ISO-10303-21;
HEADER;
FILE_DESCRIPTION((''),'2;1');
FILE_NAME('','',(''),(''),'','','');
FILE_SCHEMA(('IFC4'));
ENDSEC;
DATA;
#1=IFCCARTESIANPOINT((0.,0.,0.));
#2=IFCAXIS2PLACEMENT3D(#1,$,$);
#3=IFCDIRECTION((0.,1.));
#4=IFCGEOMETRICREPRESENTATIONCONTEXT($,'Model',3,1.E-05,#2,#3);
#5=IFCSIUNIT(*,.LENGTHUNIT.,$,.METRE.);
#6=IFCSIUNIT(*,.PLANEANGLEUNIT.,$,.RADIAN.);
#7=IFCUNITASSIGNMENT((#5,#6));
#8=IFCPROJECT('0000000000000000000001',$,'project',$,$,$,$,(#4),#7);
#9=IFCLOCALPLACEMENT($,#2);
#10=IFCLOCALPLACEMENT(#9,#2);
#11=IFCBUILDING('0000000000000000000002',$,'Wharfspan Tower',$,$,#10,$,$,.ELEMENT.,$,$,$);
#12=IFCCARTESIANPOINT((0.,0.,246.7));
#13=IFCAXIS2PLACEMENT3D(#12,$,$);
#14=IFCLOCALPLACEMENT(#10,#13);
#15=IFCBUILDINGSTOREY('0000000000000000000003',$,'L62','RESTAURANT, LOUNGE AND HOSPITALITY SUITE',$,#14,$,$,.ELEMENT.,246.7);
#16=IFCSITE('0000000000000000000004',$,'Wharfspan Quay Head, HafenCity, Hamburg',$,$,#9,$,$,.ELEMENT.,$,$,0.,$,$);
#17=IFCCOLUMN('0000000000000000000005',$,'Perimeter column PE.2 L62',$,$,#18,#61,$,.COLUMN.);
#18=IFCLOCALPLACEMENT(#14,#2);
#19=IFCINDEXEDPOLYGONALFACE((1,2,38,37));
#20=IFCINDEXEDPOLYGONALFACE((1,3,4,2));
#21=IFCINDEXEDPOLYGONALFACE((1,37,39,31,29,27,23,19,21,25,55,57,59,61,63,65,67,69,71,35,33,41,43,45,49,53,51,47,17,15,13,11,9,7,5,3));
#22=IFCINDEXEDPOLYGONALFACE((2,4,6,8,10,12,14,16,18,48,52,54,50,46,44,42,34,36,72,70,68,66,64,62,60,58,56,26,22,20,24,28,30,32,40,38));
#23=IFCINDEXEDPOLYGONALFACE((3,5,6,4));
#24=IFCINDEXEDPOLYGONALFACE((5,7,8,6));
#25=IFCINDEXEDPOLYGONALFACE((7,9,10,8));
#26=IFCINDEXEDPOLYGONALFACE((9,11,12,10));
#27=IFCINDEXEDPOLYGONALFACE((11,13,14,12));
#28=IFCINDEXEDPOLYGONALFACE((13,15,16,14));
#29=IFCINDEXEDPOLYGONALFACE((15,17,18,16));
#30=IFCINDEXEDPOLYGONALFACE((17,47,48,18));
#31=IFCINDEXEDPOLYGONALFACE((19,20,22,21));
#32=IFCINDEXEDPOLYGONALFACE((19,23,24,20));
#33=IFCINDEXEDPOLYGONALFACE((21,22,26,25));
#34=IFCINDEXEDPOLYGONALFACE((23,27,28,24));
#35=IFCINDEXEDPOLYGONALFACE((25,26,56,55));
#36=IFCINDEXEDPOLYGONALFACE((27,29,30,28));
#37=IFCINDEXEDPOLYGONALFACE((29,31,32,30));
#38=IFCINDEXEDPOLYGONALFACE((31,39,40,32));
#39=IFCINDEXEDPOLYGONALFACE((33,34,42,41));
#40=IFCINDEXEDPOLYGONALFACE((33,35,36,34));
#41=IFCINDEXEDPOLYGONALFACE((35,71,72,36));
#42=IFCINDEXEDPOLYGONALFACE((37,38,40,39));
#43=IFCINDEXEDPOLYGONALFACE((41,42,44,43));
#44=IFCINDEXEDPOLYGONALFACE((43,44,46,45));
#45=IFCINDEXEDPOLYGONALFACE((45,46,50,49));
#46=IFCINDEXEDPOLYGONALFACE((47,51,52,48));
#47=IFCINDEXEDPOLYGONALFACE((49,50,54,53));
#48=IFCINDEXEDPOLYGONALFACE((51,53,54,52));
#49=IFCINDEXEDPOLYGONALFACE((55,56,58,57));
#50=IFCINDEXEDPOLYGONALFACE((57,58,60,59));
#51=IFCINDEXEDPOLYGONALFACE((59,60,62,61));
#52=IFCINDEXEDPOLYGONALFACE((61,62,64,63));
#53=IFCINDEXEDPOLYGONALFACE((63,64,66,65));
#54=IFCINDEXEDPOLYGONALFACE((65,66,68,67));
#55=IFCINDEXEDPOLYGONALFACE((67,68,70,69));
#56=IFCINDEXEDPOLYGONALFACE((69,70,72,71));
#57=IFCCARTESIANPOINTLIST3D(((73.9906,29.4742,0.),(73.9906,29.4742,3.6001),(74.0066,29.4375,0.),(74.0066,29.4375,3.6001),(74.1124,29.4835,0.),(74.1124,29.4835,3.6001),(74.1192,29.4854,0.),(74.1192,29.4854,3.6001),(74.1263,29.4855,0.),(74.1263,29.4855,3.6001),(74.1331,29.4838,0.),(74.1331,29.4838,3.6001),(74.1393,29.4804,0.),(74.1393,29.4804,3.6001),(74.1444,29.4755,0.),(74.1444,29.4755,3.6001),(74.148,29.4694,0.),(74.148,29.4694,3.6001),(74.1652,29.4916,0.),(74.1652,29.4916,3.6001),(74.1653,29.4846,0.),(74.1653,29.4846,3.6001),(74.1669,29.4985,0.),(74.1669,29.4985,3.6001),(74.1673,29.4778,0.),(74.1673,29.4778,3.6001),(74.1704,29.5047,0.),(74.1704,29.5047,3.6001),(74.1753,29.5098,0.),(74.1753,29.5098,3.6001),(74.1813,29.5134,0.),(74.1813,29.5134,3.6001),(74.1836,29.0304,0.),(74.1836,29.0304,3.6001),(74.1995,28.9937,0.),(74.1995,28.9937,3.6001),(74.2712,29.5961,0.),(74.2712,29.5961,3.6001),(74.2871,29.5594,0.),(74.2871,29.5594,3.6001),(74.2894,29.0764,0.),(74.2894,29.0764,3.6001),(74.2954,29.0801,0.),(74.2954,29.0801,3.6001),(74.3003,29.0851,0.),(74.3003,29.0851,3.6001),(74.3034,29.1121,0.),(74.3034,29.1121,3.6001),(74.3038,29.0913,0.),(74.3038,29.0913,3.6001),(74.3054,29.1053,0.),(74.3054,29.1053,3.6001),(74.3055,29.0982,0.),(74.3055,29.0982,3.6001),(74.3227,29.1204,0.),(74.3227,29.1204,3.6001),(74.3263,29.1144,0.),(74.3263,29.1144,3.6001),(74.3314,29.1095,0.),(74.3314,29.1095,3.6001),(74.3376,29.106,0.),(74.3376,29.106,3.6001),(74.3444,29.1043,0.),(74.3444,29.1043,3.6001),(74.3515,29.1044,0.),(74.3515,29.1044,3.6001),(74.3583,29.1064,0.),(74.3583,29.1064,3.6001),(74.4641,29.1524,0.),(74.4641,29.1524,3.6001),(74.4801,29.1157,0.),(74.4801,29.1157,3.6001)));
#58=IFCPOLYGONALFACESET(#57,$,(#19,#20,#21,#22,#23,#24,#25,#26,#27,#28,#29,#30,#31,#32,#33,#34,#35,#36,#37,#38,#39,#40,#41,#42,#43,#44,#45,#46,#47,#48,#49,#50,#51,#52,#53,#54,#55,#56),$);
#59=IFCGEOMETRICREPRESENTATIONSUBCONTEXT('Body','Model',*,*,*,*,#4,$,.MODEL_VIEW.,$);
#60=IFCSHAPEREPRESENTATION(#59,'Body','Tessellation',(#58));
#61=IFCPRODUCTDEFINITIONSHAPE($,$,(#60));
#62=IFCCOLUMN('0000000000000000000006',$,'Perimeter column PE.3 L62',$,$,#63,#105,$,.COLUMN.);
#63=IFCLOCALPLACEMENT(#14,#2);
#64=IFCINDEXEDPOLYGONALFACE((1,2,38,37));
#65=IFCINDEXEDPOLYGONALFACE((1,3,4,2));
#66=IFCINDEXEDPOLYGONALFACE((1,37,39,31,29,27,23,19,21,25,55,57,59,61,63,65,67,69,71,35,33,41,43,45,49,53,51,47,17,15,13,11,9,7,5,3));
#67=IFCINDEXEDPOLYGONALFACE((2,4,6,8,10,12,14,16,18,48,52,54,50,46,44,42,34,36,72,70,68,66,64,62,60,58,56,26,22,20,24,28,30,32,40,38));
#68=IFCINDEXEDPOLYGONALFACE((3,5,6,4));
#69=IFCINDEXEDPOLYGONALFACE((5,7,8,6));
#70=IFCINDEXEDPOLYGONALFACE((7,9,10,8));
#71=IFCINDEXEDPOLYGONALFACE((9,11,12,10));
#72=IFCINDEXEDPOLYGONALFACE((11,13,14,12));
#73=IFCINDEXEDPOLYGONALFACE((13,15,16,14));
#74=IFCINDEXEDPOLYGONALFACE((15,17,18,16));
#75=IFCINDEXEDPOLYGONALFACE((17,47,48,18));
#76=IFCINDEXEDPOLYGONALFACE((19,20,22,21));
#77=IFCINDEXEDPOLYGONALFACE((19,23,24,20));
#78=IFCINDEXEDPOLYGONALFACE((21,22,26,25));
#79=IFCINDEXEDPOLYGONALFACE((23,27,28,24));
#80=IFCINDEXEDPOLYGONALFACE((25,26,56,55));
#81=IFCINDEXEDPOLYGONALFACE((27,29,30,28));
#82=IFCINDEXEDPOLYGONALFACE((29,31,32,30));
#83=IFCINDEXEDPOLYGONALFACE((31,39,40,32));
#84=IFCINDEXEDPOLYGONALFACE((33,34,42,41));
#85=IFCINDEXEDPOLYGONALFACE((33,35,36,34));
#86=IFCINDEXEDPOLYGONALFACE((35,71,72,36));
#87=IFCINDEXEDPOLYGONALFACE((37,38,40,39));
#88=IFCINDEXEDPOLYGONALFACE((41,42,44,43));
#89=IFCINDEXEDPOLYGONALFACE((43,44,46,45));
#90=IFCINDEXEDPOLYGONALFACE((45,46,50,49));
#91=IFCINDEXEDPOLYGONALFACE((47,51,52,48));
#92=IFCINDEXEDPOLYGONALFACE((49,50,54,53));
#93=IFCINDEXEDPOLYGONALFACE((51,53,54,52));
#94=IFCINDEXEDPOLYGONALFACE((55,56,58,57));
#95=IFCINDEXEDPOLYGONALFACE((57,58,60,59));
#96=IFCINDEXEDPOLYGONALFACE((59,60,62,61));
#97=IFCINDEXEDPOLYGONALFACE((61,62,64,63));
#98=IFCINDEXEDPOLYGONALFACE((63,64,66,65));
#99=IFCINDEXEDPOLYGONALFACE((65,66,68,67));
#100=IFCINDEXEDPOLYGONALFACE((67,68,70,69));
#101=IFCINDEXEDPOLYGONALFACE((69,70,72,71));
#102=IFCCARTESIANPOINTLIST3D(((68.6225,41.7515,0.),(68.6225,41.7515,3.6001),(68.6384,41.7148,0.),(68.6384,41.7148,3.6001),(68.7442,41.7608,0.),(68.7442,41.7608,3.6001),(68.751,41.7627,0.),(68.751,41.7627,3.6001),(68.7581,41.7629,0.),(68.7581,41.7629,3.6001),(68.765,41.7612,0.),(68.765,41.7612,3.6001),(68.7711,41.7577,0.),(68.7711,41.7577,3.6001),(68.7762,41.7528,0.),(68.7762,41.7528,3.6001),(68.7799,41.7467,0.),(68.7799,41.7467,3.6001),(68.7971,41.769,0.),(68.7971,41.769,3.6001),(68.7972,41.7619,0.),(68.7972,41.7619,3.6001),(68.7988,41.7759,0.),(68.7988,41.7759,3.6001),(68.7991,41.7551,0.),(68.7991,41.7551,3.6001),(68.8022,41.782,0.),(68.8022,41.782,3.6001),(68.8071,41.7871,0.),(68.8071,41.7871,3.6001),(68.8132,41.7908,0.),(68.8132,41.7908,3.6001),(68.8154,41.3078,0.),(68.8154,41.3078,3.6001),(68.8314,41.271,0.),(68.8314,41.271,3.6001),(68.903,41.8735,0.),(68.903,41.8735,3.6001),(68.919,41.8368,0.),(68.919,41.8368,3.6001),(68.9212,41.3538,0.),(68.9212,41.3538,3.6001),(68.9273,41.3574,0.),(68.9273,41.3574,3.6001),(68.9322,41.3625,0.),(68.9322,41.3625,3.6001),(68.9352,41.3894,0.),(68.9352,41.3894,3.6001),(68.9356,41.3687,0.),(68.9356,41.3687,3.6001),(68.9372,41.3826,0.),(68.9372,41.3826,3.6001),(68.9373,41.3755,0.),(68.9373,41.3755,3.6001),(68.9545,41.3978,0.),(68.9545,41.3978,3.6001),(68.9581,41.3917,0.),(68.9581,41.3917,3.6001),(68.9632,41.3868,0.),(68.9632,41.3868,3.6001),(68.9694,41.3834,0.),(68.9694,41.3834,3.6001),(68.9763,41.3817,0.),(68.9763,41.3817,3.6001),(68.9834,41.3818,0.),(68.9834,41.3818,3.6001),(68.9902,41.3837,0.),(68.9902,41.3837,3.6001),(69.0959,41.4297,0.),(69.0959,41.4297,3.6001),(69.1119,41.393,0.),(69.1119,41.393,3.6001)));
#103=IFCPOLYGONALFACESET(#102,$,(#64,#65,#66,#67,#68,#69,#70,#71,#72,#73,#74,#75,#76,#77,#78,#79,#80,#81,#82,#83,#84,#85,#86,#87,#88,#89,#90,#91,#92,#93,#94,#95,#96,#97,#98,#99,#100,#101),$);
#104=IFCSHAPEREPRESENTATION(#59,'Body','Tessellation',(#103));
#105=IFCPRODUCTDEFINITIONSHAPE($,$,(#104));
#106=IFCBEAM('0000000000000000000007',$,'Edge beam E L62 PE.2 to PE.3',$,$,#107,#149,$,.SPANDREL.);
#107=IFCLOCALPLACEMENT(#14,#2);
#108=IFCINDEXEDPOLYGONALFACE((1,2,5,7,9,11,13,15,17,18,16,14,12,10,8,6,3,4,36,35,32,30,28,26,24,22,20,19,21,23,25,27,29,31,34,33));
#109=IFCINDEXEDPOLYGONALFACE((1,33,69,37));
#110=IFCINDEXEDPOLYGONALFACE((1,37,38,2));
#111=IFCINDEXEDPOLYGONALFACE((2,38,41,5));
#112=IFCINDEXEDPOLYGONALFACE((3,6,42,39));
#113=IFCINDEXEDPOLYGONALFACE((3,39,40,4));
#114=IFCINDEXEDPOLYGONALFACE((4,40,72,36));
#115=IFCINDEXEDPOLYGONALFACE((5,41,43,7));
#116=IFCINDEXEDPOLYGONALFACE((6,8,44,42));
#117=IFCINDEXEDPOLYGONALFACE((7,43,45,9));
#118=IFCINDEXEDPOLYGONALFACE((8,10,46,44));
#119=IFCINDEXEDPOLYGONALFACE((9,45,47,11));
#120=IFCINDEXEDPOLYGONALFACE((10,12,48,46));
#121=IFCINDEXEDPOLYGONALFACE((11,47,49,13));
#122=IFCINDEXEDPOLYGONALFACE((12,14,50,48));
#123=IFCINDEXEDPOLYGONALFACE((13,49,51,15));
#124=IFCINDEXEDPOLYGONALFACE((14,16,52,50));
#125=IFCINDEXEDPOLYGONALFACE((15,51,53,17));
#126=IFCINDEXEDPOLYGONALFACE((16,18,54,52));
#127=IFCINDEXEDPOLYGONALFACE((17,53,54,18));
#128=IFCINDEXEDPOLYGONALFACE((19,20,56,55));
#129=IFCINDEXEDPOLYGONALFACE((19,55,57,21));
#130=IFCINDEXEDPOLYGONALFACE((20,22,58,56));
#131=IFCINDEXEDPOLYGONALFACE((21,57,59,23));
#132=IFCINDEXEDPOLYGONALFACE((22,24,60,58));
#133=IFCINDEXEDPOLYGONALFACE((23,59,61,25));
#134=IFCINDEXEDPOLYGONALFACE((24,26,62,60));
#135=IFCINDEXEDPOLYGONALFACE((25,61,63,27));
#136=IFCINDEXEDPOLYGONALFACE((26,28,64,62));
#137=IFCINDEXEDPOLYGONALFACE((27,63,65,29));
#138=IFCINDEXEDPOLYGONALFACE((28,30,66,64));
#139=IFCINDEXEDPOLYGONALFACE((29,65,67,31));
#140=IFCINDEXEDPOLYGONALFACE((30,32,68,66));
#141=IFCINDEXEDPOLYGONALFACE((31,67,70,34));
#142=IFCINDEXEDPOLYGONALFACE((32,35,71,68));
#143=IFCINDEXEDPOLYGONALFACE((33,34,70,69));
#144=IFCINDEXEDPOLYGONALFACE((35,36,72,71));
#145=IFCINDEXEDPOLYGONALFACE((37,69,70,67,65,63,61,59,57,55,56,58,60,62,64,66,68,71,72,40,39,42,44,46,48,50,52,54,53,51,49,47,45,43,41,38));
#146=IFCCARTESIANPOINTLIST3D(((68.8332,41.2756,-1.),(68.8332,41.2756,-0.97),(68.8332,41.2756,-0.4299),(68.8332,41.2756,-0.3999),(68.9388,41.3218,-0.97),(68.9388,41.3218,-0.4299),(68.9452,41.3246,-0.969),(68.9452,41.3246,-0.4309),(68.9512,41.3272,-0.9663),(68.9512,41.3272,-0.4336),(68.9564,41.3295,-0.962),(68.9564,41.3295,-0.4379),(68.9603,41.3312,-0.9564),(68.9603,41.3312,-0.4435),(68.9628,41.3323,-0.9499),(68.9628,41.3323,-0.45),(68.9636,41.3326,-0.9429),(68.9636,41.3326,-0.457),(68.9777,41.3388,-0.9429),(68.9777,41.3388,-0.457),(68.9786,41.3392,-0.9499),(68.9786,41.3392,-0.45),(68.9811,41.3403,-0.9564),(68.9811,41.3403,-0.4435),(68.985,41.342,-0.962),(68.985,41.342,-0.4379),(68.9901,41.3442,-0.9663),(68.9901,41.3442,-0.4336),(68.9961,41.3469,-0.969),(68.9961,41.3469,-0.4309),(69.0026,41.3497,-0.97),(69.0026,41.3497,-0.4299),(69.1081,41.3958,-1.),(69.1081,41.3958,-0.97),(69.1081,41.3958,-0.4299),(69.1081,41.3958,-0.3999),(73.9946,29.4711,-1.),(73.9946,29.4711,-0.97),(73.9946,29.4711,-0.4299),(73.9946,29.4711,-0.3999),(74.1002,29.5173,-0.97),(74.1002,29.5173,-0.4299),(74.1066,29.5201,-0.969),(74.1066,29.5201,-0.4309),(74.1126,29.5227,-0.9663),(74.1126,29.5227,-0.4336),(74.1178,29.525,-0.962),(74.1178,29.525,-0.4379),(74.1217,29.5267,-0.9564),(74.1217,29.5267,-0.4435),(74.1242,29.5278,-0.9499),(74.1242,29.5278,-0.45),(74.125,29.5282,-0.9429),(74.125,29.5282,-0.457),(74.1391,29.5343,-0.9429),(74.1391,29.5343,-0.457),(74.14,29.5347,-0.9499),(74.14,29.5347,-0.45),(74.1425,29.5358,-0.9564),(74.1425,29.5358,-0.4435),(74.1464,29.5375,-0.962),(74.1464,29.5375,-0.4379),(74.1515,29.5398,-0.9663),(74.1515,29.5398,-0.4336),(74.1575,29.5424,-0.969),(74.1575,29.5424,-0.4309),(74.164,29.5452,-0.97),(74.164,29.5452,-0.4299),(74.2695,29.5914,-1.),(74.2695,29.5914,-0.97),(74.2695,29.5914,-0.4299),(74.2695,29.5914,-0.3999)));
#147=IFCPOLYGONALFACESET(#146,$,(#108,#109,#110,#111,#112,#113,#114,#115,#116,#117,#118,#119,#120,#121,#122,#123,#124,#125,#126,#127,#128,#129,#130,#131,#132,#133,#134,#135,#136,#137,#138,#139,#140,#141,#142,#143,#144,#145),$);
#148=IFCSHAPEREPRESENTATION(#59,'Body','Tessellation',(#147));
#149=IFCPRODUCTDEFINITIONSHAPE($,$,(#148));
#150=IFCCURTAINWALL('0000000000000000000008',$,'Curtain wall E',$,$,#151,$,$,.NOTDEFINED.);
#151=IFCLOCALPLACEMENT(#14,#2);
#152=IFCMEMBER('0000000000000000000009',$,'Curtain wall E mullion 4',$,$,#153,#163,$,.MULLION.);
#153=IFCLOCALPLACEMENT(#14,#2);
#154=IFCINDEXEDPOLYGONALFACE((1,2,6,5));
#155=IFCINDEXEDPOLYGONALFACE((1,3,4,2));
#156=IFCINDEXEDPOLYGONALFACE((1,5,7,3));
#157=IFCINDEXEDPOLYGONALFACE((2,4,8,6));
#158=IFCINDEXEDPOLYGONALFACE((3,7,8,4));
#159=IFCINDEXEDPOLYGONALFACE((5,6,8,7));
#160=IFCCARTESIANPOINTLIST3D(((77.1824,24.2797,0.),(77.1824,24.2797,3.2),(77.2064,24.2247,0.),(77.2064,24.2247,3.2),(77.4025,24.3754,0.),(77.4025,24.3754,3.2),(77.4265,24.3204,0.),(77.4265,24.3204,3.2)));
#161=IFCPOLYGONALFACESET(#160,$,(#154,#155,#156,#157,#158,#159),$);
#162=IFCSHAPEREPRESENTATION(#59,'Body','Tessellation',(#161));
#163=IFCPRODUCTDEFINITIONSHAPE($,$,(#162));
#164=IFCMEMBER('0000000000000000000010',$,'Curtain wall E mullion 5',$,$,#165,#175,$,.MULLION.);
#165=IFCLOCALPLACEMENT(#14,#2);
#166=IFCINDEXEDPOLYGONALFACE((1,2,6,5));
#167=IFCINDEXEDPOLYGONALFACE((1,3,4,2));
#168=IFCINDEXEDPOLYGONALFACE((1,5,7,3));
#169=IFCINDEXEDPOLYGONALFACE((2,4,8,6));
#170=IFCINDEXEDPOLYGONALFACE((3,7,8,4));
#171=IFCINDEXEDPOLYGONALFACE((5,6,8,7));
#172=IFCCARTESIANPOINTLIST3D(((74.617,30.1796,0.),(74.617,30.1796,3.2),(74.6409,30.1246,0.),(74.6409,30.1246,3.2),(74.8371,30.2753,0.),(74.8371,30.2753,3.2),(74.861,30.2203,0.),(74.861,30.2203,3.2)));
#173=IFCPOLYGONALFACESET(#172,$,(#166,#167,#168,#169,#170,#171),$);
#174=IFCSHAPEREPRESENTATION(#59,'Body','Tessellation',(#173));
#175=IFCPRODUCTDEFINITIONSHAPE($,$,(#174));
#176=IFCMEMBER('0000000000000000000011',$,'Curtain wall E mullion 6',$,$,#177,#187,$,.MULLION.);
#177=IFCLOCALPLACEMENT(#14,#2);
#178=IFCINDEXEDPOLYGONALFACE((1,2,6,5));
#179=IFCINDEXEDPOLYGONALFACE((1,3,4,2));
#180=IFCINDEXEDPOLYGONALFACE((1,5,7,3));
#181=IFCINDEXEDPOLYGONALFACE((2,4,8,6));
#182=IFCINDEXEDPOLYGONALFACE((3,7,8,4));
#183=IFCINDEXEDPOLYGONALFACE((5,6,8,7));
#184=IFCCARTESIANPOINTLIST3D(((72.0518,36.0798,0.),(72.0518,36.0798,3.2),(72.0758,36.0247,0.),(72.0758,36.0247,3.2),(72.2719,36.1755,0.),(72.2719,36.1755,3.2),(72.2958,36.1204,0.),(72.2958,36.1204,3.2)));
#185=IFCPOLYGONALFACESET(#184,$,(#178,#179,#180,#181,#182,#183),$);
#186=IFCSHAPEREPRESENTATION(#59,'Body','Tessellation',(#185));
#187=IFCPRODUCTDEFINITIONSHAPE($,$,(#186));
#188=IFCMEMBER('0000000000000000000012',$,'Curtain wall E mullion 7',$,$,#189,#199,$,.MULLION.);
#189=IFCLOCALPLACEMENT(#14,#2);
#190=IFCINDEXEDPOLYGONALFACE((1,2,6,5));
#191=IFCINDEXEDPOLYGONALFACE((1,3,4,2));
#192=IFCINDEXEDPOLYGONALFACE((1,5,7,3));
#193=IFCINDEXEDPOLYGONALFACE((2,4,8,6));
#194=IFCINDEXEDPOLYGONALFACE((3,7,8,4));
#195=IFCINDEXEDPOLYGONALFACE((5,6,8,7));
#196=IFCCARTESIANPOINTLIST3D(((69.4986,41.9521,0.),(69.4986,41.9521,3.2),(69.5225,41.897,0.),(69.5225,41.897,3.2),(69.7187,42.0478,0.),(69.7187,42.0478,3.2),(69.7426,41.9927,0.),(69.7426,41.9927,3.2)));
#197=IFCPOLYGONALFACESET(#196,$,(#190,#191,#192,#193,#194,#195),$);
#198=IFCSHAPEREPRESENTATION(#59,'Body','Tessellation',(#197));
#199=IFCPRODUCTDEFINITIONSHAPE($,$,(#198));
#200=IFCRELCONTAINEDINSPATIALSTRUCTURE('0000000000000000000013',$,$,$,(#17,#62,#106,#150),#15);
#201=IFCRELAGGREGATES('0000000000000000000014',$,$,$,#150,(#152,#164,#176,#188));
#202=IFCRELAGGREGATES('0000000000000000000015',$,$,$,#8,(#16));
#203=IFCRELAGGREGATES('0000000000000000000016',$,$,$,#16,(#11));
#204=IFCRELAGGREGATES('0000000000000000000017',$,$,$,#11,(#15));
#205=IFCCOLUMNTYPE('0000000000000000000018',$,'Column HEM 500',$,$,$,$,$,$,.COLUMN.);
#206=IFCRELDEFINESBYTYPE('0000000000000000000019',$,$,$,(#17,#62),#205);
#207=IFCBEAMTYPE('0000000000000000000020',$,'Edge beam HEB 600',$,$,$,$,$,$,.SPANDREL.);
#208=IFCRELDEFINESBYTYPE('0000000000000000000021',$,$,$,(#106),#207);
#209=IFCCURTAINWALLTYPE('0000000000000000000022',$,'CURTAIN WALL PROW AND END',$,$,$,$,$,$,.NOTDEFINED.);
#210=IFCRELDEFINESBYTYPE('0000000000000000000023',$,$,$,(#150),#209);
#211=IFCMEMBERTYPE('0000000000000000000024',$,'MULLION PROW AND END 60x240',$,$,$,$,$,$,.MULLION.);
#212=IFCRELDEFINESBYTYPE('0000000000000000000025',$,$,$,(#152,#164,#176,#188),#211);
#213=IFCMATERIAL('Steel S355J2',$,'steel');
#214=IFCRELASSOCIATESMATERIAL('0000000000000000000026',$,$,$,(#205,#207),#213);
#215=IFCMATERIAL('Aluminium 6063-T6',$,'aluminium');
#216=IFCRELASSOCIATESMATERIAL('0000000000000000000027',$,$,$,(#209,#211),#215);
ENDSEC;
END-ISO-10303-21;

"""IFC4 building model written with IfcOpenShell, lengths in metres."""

from ifc_helpers import new_model, si_unit, direction, frame, origin, origin_2d, place, context, subcontext, project, spatial, rectangle, i_section, extrude, material, material_profile, profile_set, type_object, element, aggregate, save


model = new_model("IFC4")

# Units and contexts
model_context = context("Model", 3, precision=1e-05, world=origin(), true_north=direction((0.0, 1.0)))
body_context = subcontext(model_context, "Body", "Model", "MODEL_VIEW")
ifc_project = project(units=[si_unit("LENGTHUNIT", "METRE"), si_unit("PLANEANGLEUNIT", "RADIAN")], contexts=[model_context])

# Site, building, storey
site_placement = place(None, origin())
site = spatial("IfcSite", under=ifc_project, at=site_placement, Name="Wharfspan Quay Head, HafenCity, Hamburg", CompositionType="ELEMENT", RefElevation=0.0)
building_placement = place(site_placement, origin())
building = spatial("IfcBuilding", under=site, at=building_placement, Name="Wharfspan Tower", CompositionType="ELEMENT")
storey_placement = place(building_placement, frame((0.0, 0.0, 246.7)))
storey = spatial("IfcBuildingStorey", under=building, at=storey_placement, Name="L62", Description="RESTAURANT, LOUNGE AND HOSPITALITY SUITE", CompositionType="ELEMENT", Elevation=246.7)

# Columns
ifc_material_1 = material(Name="Steel S355J2", Category="steel")
ifc_material_profile_1 = material_profile(ifc_material_1, i_section(OverallWidth=0.3059, OverallDepth=0.5239, WebThickness=0.021, FlangeThickness=0.04, FilletRadius=0.0271, at=origin_2d()))
ifc_profile_set_1 = profile_set([ifc_material_profile_1], Name="Steel S355J2")
column_type = type_object("IfcColumnType", Name="Column HEM 500", PredefinedType="COLUMN", material=ifc_profile_set_1)
for number, where, z_axis, x_axis, name in (
    (1, (74.2354, 29.2949, 0.0), (0.0, 0.0, 1.0), (0.917072, 0.398727, 0.0), "Perimeter column PE.2 L62"),
    (2, (68.8672, 41.5723, 0.0), (0.0, 0.0, 1.0), (0.917072, 0.398727, 0.0), "Perimeter column PE.3 L62"),
):
    element("IfcColumn", number, at=place(storey_placement, frame(where, z_axis=z_axis, x_axis=x_axis)), inside=storey, type_object=column_type, Name=name, PredefinedType="COLUMN", context=body_context, shape_type="SweptSolid", body=[
        extrude(i_section(OverallWidth=0.3059, OverallDepth=0.5239, WebThickness=0.021, FlangeThickness=0.04, FilletRadius=0.0271, at=origin_2d()), origin(), (0.0, 0.0, 1.0), 3.6001),
    ])

# Beam
ifc_material_profile_2 = material_profile(ifc_material_1, i_section(OverallWidth=0.3, OverallDepth=0.6001, WebThickness=0.0154, FlangeThickness=0.03, FilletRadius=0.0271, at=origin_2d()))
ifc_profile_set_2 = profile_set([ifc_material_profile_2], Name="Steel S355J2")
beam_type = type_object("IfcBeamType", Name="Edge beam HEB 600", PredefinedType="SPANDREL", material=ifc_profile_set_2)
beam_placement = place(storey_placement, frame((74.1321, 29.5312, -0.7), z_axis=(-0.400619, 0.916245, 0.0), x_axis=(-0.916245, -0.400619, 0.0)))
element("IfcBeam", 3, at=beam_placement, inside=storey, type_object=beam_type, Name="Edge beam E L62 PE.2 to PE.3", PredefinedType="SPANDREL", context=body_context, shape_type="SweptSolid", body=[
    extrude(i_section(OverallWidth=0.3, OverallDepth=0.6001, WebThickness=0.0154, FlangeThickness=0.03, FilletRadius=0.0271, at=origin_2d()), origin(), (0.0, 0.0, 1.0), 12.8835),
])

# Curtain wall, members
ifc_material_2 = material(Name="Aluminium 6063-T6", Category="aluminium")
curtain_wall_type = type_object("IfcCurtainWallType", Name="CURTAIN WALL PROW AND END", PredefinedType="NOTDEFINED", material=ifc_material_2)
curtain_wall_1_placement = place(storey_placement, origin())
curtain_wall_1 = element("IfcCurtainWall", 4, at=curtain_wall_1_placement, inside=storey, type_object=curtain_wall_type, Name="Curtain wall E", PredefinedType="NOTDEFINED")
ifc_material_profile_3 = material_profile(ifc_material_2, rectangle(XDim=0.24, YDim=0.0601, at=origin_2d()))
ifc_profile_set_3 = profile_set([ifc_material_profile_3], Name="Aluminium 6063-T6")
member_type_1 = type_object("IfcMemberType", Name="MULLION PROW AND END 60x240", PredefinedType="MULLION", material=ifc_profile_set_3)
member_1_placement = place(storey_placement, frame((77.3044, 24.3, 0.0), z_axis=(0.0, 0.0, 1.0), x_axis=(-0.917072, -0.398727, 0.0)))
member_1 = element("IfcMember", 5, at=member_1_placement, type_object=member_type_1, Name="Curtain wall E mullion 4", PredefinedType="MULLION", context=body_context, shape_type="SweptSolid", body=[
    extrude(rectangle(XDim=0.24, YDim=0.0601, at=origin_2d()), origin(), (0.0, 0.0, 1.0), 3.2),
])
member_2_placement = place(storey_placement, frame((74.739, 30.2, 0.0), z_axis=(0.0, 0.0, 1.0), x_axis=(-0.917072, -0.398727, 0.0)))
member_2 = element("IfcMember", 6, at=member_2_placement, type_object=member_type_1, Name="Curtain wall E mullion 5", PredefinedType="MULLION", context=body_context, shape_type="SweptSolid", body=[
    extrude(rectangle(XDim=0.24, YDim=0.0601, at=origin_2d()), origin(), (0.0, 0.0, 1.0), 3.2),
])
member_3_placement = place(storey_placement, frame((72.1738, 36.1001, 0.0), z_axis=(0.0, 0.0, 1.0), x_axis=(-0.917072, -0.398727, 0.0)))
member_3 = element("IfcMember", 7, at=member_3_placement, type_object=member_type_1, Name="Curtain wall E mullion 6", PredefinedType="MULLION", context=body_context, shape_type="SweptSolid", body=[
    extrude(rectangle(XDim=0.24, YDim=0.0601, at=origin_2d()), origin(), (0.0, 0.0, 1.0), 3.2),
])
member_4_placement = place(storey_placement, frame((69.6206, 41.9724, 0.0), z_axis=(0.0, 0.0, 1.0), x_axis=(-0.917072, -0.398727, 0.0)))
member_4 = element("IfcMember", 8, at=member_4_placement, type_object=member_type_1, Name="Curtain wall E mullion 7", PredefinedType="MULLION", context=body_context, shape_type="SweptSolid", body=[
    extrude(rectangle(XDim=0.24, YDim=0.0601, at=origin_2d()), origin(), (0.0, 0.0, 1.0), 3.2),
])

aggregate(curtain_wall_1, [member_1, member_2, member_3, member_4])

save(model, "model.ifc")
